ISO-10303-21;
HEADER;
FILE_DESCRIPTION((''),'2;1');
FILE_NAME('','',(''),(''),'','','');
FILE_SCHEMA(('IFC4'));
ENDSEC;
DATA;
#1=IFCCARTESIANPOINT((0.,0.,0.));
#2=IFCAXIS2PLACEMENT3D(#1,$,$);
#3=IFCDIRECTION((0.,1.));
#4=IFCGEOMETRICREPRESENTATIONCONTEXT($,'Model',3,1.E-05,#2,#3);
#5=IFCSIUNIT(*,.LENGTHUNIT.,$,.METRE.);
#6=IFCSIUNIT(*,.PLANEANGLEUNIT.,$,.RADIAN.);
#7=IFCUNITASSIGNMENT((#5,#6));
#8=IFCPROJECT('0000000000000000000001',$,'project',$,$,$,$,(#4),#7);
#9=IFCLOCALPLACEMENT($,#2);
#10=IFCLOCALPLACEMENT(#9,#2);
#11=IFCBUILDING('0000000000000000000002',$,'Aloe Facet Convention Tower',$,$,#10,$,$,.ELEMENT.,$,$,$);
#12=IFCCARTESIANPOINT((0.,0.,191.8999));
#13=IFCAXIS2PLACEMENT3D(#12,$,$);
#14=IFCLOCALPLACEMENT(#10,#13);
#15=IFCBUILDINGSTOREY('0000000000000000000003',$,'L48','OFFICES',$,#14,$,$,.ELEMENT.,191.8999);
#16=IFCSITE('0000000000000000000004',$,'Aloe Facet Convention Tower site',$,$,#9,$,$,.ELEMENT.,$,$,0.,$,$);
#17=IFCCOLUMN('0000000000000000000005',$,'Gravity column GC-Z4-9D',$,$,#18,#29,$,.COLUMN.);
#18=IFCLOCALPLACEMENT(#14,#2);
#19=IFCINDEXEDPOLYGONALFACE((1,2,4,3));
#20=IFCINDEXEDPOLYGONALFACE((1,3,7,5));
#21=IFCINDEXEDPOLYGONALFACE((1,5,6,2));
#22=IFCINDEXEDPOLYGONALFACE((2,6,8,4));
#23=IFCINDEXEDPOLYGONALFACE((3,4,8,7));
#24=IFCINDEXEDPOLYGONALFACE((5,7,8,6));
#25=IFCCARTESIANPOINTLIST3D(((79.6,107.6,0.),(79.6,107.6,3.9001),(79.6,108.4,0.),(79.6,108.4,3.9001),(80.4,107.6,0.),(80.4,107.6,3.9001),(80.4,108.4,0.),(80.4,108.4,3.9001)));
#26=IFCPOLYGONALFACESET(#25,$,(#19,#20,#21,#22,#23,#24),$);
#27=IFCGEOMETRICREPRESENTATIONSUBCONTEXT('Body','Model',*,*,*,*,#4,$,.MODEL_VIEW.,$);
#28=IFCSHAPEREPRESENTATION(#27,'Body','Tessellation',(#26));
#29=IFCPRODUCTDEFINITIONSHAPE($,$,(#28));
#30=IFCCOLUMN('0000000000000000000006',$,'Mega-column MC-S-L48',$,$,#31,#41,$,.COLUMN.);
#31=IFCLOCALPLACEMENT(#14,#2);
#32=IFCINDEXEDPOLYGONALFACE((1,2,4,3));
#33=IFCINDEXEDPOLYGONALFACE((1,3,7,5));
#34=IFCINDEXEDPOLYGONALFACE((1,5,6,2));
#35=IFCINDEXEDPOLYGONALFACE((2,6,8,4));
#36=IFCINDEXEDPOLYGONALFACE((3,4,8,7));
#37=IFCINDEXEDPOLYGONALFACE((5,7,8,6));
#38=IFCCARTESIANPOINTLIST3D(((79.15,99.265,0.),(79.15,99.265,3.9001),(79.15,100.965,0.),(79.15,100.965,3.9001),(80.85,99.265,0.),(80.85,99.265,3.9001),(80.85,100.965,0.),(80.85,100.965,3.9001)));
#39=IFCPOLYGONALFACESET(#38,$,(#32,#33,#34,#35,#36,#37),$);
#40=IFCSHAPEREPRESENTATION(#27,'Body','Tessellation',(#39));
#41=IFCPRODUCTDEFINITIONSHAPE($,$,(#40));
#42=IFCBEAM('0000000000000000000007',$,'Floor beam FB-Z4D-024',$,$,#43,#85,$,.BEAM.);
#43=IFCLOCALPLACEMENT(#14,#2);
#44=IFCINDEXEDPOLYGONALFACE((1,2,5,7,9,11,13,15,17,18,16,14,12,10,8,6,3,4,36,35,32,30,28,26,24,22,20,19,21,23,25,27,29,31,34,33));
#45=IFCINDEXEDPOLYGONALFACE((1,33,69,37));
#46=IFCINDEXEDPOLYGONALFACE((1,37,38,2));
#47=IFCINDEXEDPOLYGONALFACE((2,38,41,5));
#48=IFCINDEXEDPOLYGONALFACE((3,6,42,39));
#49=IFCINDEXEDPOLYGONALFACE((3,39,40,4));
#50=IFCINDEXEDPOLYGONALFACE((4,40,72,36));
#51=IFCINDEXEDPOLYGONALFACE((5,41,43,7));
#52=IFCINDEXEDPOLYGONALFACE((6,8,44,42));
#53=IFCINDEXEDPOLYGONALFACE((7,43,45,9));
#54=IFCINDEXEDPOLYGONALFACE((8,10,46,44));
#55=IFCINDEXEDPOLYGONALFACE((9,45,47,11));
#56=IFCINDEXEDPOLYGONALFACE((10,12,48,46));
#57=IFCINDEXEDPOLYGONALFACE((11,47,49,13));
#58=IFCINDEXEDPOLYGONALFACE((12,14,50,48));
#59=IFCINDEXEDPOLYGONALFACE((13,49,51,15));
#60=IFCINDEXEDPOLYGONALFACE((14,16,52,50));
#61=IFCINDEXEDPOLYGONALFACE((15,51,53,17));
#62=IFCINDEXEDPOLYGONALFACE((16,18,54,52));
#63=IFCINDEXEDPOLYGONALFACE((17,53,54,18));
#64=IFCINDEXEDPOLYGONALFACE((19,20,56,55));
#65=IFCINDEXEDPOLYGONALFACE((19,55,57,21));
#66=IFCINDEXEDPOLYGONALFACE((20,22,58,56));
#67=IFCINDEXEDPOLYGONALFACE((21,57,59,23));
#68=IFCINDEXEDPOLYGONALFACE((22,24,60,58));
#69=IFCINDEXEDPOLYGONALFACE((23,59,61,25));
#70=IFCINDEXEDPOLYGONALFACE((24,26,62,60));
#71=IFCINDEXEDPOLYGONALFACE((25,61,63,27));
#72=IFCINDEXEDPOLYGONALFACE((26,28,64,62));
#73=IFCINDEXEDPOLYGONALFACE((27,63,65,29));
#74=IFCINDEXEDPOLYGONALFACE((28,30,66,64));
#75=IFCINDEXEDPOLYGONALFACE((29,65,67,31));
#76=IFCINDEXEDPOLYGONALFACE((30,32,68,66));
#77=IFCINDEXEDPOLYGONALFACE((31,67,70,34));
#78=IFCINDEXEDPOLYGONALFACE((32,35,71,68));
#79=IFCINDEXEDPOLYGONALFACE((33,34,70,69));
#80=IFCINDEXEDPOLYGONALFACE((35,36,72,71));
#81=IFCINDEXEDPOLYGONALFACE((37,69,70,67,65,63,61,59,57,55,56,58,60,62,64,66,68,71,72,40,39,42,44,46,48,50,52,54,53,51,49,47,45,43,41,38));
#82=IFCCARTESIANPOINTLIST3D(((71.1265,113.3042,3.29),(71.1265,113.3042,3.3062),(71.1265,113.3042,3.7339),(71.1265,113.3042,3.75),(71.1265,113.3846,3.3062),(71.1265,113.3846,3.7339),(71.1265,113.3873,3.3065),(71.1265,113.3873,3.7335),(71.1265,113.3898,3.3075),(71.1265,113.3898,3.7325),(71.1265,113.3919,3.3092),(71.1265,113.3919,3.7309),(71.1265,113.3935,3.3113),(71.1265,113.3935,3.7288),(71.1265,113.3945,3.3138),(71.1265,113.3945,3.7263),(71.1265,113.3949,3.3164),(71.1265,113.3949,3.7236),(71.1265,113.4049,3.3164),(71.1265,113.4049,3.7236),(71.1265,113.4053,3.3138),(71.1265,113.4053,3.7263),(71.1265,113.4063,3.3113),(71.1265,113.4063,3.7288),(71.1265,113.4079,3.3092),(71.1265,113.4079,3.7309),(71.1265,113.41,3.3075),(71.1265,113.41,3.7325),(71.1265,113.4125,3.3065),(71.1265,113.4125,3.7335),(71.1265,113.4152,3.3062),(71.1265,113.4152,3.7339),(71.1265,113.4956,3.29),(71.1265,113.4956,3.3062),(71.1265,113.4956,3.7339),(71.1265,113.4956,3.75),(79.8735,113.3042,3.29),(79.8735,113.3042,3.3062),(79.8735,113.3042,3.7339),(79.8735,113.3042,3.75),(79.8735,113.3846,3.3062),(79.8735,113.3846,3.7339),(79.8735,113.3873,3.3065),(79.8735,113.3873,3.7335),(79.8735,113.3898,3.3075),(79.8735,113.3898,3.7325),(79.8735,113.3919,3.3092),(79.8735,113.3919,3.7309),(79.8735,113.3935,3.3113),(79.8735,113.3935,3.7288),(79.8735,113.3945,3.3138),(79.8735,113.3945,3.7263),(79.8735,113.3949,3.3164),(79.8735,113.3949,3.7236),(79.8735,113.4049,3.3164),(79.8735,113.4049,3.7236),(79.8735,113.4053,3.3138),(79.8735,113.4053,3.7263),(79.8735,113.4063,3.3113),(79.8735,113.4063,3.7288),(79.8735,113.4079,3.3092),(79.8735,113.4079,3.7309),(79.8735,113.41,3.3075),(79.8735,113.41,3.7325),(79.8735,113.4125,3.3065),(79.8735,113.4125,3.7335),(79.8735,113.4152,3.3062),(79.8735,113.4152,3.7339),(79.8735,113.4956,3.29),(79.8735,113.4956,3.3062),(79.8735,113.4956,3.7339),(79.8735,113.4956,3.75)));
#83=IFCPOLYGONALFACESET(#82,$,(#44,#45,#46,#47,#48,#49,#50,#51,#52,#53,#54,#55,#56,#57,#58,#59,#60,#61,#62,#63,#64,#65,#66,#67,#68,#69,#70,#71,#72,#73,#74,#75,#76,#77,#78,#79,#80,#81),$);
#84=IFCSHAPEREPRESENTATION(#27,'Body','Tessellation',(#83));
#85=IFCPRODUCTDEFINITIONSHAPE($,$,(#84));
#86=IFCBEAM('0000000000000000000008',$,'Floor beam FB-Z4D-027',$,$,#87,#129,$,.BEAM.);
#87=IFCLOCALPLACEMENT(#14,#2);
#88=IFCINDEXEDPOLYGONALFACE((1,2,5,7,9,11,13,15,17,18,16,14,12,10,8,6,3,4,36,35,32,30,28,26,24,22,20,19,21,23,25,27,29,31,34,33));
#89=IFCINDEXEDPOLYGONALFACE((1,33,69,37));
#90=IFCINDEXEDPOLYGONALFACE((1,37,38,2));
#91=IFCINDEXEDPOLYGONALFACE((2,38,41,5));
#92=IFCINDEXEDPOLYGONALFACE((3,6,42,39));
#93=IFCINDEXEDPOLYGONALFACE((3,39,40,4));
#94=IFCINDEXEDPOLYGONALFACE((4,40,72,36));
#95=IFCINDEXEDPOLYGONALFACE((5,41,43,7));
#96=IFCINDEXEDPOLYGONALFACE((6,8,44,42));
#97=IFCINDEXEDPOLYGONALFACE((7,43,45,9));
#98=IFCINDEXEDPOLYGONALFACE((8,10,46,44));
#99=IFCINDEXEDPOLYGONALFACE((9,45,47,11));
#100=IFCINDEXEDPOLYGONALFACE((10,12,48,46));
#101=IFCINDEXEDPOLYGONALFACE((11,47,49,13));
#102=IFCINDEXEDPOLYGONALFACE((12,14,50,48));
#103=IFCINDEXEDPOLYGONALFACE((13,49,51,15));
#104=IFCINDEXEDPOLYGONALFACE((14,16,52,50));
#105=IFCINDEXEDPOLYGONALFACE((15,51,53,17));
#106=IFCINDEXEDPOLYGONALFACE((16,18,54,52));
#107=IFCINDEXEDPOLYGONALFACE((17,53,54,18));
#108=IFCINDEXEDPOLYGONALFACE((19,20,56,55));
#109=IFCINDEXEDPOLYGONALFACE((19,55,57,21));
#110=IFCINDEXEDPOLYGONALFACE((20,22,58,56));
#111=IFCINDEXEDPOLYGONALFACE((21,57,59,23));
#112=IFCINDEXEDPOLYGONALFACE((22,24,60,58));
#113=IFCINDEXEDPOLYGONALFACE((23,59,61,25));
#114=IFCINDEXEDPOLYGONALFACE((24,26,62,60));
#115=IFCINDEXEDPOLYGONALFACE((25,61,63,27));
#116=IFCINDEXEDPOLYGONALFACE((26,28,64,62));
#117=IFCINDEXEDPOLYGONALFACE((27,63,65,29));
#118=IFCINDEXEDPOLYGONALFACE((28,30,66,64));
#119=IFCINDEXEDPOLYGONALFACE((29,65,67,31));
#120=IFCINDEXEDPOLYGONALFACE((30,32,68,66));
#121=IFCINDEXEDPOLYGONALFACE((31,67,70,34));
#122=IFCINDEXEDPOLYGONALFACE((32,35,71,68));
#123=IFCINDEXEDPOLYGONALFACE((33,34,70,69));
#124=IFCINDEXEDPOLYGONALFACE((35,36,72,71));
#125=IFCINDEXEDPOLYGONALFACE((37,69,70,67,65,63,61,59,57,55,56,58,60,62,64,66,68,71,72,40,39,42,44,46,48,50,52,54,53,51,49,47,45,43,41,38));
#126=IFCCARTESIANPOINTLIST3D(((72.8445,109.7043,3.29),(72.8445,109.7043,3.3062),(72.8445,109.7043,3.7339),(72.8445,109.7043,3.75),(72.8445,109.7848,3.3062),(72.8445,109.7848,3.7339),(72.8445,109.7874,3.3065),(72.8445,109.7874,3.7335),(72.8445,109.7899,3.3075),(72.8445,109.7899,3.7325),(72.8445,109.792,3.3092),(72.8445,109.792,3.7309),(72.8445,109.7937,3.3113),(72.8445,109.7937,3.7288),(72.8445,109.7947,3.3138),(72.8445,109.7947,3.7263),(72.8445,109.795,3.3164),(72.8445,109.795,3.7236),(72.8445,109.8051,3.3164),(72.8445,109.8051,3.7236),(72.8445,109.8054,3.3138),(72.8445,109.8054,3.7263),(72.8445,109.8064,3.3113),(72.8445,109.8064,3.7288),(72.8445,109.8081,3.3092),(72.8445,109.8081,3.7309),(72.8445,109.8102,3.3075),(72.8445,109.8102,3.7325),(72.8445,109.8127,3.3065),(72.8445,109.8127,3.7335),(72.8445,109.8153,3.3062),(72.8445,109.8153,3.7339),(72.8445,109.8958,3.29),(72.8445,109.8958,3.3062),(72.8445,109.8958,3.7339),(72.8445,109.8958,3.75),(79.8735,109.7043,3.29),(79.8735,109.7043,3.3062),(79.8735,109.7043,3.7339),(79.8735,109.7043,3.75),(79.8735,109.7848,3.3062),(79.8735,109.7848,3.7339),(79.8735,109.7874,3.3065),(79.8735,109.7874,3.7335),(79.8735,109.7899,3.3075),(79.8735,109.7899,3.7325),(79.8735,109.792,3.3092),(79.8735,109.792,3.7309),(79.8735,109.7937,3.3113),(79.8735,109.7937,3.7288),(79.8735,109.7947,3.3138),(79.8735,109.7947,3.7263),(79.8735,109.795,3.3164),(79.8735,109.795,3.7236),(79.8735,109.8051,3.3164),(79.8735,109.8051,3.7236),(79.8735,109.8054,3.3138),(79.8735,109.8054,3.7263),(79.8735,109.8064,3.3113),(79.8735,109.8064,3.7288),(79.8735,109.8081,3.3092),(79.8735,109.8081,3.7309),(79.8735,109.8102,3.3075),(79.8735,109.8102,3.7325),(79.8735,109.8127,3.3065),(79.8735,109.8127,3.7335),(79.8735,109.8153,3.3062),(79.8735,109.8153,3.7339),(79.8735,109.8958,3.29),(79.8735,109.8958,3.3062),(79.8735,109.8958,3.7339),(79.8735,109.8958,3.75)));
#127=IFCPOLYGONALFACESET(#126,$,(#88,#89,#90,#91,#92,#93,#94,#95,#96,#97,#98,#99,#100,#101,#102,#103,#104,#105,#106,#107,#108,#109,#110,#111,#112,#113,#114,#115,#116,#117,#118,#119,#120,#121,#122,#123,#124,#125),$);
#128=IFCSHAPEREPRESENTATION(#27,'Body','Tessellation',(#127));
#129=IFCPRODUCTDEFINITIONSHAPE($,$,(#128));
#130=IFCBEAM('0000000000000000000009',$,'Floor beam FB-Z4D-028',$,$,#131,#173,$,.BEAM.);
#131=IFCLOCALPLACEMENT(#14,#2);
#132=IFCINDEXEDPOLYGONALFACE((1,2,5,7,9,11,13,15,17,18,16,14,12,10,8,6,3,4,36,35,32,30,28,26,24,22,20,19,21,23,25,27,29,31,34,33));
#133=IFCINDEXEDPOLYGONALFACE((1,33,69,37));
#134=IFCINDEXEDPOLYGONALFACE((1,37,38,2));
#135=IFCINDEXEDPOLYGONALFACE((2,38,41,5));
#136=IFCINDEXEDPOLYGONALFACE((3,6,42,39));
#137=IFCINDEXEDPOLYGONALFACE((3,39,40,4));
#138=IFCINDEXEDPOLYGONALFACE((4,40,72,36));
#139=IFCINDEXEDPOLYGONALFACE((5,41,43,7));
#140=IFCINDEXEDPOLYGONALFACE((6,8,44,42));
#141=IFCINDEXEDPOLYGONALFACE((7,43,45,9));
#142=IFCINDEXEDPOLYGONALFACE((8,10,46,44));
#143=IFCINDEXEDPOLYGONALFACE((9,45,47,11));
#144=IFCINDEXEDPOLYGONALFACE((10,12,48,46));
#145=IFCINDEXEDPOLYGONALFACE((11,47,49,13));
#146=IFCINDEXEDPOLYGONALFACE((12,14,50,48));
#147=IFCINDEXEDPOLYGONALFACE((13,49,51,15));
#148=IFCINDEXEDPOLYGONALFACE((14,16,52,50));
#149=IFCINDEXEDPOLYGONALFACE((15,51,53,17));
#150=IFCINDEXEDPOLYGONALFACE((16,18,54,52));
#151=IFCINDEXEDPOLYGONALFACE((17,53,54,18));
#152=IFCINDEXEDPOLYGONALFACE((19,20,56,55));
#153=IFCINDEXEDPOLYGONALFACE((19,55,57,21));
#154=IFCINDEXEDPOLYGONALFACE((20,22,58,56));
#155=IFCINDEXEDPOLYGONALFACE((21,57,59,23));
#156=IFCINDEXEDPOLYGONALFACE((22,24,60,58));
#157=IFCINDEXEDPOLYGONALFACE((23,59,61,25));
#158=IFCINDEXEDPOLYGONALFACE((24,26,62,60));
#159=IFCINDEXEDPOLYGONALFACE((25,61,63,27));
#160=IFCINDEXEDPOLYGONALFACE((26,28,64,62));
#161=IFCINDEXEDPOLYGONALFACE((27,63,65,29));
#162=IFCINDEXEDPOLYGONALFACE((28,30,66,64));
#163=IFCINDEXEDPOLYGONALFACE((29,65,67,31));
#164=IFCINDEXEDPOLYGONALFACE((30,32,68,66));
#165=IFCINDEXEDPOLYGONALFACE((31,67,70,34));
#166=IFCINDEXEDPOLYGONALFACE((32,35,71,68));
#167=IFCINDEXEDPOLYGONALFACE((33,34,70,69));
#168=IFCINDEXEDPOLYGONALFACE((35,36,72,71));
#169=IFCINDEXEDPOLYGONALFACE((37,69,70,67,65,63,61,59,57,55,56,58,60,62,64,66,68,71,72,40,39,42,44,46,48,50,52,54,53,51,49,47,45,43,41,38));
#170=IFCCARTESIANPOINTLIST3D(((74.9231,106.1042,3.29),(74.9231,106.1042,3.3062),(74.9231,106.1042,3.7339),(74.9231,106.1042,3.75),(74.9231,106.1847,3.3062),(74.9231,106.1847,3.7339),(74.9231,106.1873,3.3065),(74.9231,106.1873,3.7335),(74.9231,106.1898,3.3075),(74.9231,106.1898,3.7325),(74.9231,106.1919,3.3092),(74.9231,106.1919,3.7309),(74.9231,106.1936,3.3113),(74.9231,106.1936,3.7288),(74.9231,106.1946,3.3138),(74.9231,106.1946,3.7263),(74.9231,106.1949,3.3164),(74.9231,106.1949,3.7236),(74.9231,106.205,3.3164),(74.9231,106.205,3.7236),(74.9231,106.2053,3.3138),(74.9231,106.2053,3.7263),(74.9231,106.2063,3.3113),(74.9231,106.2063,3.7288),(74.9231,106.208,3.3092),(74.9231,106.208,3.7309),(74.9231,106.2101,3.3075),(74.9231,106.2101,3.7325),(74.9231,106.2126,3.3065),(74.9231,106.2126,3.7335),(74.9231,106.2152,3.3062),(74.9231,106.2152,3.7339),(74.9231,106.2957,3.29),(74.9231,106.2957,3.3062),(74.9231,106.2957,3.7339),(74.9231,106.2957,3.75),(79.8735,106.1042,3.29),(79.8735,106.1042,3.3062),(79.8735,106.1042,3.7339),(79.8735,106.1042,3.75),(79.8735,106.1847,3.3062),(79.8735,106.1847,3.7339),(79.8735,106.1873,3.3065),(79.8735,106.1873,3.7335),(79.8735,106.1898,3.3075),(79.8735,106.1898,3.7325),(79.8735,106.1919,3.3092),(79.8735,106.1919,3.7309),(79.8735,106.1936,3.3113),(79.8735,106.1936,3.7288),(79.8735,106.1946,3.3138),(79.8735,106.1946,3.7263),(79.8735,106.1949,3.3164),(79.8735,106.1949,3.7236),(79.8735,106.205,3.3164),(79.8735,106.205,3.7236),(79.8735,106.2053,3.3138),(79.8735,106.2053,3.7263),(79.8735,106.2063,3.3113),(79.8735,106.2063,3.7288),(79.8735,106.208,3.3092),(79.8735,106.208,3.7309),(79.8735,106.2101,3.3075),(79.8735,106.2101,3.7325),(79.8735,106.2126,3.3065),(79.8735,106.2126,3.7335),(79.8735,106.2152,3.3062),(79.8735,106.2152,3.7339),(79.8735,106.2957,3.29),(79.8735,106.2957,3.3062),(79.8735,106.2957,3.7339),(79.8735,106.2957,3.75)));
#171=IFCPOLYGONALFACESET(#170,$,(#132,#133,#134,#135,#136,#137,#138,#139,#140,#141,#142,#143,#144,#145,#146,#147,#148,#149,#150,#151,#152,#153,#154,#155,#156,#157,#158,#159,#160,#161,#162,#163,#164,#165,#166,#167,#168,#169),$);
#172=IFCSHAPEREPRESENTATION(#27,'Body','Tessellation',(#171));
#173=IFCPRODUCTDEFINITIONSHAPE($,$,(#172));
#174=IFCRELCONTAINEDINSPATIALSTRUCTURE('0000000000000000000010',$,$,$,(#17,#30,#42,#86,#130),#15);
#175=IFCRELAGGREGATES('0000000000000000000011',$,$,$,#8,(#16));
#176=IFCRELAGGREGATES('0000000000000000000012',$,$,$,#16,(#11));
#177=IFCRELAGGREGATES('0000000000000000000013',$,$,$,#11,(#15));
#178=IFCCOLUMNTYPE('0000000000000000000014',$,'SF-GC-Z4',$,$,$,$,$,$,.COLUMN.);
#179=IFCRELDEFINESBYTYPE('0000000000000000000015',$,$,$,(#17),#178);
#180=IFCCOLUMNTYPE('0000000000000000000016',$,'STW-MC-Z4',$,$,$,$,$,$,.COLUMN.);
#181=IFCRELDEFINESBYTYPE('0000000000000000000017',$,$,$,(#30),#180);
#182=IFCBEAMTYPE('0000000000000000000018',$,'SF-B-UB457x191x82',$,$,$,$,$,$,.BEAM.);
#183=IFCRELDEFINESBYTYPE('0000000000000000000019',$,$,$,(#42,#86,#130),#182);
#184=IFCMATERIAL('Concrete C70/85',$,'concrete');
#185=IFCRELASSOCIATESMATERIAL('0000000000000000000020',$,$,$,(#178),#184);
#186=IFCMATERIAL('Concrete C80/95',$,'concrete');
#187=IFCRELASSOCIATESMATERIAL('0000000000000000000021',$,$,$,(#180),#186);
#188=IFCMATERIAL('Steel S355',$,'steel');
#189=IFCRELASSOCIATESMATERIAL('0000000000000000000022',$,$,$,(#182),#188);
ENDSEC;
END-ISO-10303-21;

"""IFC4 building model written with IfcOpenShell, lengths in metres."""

from ifc_helpers import new_model, si_unit, direction, frame, origin, origin_2d, place, context, subcontext, project, spatial, rectangle, i_section, extrude, material, material_profile, profile_set, type_object, element, save


model = new_model("IFC4")

# Units and contexts
model_context = context("Model", 3, precision=1e-05, world=origin(), true_north=direction((0.0, 1.0)))
body_context = subcontext(model_context, "Body", "Model", "MODEL_VIEW")
ifc_project = project(units=[si_unit("LENGTHUNIT", "METRE"), si_unit("PLANEANGLEUNIT", "RADIAN")], contexts=[model_context])

# Site, building, storey
site_placement = place(None, origin())
site = spatial("IfcSite", under=ifc_project, at=site_placement, Name="Aloe Facet Convention Tower site", CompositionType="ELEMENT", RefElevation=0.0)
building_placement = place(site_placement, origin())
building = spatial("IfcBuilding", under=site, at=building_placement, Name="Aloe Facet Convention Tower", CompositionType="ELEMENT")
storey_placement = place(building_placement, frame((0.0, 0.0, 191.8999)))
storey = spatial("IfcBuildingStorey", under=building, at=storey_placement, Name="L48", Description="OFFICES", CompositionType="ELEMENT", Elevation=191.8999)

# Columns
ifc_material_1 = material(Name="Concrete C70/85", Category="concrete")
ifc_material_profile_1 = material_profile(ifc_material_1, rectangle(XDim=0.8, YDim=0.8, at=origin_2d()), Name="SF-GC-Z4")
ifc_profile_set_1 = profile_set([ifc_material_profile_1], Name="Concrete C70/85")
column_type_1 = type_object("IfcColumnType", Name="SF-GC-Z4", PredefinedType="COLUMN", material=ifc_profile_set_1)
column_1_placement = place(storey_placement, frame((80.0, 108.0, 0.0), z_axis=(0.0, 0.0, 1.0), x_axis=(1.0, 0.0, 0.0)))
element("IfcColumn", 1, at=column_1_placement, inside=storey, type_object=column_type_1, Name="Gravity column GC-Z4-9D", PredefinedType="COLUMN", context=body_context, shape_type="SweptSolid", body=[
    extrude(rectangle(XDim=0.8, YDim=0.8, at=origin_2d()), origin(), (0.0, 0.0, 1.0), 3.9001),
])
ifc_material_2 = material(Name="Concrete C80/95", Category="concrete")
ifc_material_profile_2 = material_profile(ifc_material_2, rectangle(XDim=1.7, YDim=1.7, at=origin_2d()), Name="STW-MC-Z4")
ifc_profile_set_2 = profile_set([ifc_material_profile_2], Name="Concrete C80/95")
column_type_2 = type_object("IfcColumnType", Name="STW-MC-Z4", PredefinedType="COLUMN", material=ifc_profile_set_2)
column_2_placement = place(storey_placement, frame((80.0, 100.115, 0.0), z_axis=(0.0, 0.0, 1.0), x_axis=(1.0, 0.0, 0.0)))
element("IfcColumn", 2, at=column_2_placement, inside=storey, type_object=column_type_2, Name="Mega-column MC-S-L48", PredefinedType="COLUMN", context=body_context, shape_type="SweptSolid", body=[
    extrude(rectangle(XDim=1.7, YDim=1.7, at=origin_2d()), origin(), (0.0, 0.0, 1.0), 3.9001),
])

# Beams
ifc_material_3 = material(Name="Steel S355", Category="steel")
ifc_material_profile_3 = material_profile(ifc_material_3, i_section(OverallWidth=0.1914, OverallDepth=0.46, WebThickness=0.01, FlangeThickness=0.0161, FilletRadius=0.0103, at=origin_2d()), Name="UB 457x191x82")
ifc_profile_set_3 = profile_set([ifc_material_profile_3], Name="Steel S355")
beam_type_1 = type_object("IfcBeamType", Name="SF-B-UB457x191x82", PredefinedType="BEAM", material=ifc_profile_set_3)
beam_1_placement = place(storey_placement, frame((71.1265, 113.3999, 3.52), z_axis=(1.0, 0.0, 0.0), x_axis=(0.0, 1.0, 0.0)))
element("IfcBeam", 3, at=beam_1_placement, inside=storey, type_object=beam_type_1, Name="Floor beam FB-Z4D-024", PredefinedType="BEAM", context=body_context, shape_type="SweptSolid", body=[
    extrude(i_section(OverallWidth=0.1914, OverallDepth=0.46, WebThickness=0.01, FlangeThickness=0.0161, FilletRadius=0.0103, at=origin_2d()), origin(), (0.0, 0.0, 1.0), 8.7471),
])
beam_2_placement = place(storey_placement, frame((72.8445, 109.8, 3.52), z_axis=(1.0, 0.0, 0.0), x_axis=(0.0, 1.0, 0.0)))
element("IfcBeam", 4, at=beam_2_placement, inside=storey, type_object=beam_type_1, Name="Floor beam FB-Z4D-027", PredefinedType="BEAM", context=body_context, shape_type="SweptSolid", body=[
    extrude(i_section(OverallWidth=0.1914, OverallDepth=0.46, WebThickness=0.01, FlangeThickness=0.0161, FilletRadius=0.0103, at=origin_2d()), origin(), (0.0, 0.0, 1.0), 7.0291),
])
beam_3_placement = place(storey_placement, frame((74.9231, 106.2, 3.52), z_axis=(1.0, 0.0, 0.0), x_axis=(0.0, 1.0, 0.0)))
element("IfcBeam", 5, at=beam_3_placement, inside=storey, type_object=beam_type_1, Name="Floor beam FB-Z4D-028", PredefinedType="BEAM", context=body_context, shape_type="SweptSolid", body=[
    extrude(i_section(OverallWidth=0.1914, OverallDepth=0.46, WebThickness=0.01, FlangeThickness=0.0161, FilletRadius=0.0103, at=origin_2d()), origin(), (0.0, 0.0, 1.0), 4.9504),
])

save(model, "model.ifc")
